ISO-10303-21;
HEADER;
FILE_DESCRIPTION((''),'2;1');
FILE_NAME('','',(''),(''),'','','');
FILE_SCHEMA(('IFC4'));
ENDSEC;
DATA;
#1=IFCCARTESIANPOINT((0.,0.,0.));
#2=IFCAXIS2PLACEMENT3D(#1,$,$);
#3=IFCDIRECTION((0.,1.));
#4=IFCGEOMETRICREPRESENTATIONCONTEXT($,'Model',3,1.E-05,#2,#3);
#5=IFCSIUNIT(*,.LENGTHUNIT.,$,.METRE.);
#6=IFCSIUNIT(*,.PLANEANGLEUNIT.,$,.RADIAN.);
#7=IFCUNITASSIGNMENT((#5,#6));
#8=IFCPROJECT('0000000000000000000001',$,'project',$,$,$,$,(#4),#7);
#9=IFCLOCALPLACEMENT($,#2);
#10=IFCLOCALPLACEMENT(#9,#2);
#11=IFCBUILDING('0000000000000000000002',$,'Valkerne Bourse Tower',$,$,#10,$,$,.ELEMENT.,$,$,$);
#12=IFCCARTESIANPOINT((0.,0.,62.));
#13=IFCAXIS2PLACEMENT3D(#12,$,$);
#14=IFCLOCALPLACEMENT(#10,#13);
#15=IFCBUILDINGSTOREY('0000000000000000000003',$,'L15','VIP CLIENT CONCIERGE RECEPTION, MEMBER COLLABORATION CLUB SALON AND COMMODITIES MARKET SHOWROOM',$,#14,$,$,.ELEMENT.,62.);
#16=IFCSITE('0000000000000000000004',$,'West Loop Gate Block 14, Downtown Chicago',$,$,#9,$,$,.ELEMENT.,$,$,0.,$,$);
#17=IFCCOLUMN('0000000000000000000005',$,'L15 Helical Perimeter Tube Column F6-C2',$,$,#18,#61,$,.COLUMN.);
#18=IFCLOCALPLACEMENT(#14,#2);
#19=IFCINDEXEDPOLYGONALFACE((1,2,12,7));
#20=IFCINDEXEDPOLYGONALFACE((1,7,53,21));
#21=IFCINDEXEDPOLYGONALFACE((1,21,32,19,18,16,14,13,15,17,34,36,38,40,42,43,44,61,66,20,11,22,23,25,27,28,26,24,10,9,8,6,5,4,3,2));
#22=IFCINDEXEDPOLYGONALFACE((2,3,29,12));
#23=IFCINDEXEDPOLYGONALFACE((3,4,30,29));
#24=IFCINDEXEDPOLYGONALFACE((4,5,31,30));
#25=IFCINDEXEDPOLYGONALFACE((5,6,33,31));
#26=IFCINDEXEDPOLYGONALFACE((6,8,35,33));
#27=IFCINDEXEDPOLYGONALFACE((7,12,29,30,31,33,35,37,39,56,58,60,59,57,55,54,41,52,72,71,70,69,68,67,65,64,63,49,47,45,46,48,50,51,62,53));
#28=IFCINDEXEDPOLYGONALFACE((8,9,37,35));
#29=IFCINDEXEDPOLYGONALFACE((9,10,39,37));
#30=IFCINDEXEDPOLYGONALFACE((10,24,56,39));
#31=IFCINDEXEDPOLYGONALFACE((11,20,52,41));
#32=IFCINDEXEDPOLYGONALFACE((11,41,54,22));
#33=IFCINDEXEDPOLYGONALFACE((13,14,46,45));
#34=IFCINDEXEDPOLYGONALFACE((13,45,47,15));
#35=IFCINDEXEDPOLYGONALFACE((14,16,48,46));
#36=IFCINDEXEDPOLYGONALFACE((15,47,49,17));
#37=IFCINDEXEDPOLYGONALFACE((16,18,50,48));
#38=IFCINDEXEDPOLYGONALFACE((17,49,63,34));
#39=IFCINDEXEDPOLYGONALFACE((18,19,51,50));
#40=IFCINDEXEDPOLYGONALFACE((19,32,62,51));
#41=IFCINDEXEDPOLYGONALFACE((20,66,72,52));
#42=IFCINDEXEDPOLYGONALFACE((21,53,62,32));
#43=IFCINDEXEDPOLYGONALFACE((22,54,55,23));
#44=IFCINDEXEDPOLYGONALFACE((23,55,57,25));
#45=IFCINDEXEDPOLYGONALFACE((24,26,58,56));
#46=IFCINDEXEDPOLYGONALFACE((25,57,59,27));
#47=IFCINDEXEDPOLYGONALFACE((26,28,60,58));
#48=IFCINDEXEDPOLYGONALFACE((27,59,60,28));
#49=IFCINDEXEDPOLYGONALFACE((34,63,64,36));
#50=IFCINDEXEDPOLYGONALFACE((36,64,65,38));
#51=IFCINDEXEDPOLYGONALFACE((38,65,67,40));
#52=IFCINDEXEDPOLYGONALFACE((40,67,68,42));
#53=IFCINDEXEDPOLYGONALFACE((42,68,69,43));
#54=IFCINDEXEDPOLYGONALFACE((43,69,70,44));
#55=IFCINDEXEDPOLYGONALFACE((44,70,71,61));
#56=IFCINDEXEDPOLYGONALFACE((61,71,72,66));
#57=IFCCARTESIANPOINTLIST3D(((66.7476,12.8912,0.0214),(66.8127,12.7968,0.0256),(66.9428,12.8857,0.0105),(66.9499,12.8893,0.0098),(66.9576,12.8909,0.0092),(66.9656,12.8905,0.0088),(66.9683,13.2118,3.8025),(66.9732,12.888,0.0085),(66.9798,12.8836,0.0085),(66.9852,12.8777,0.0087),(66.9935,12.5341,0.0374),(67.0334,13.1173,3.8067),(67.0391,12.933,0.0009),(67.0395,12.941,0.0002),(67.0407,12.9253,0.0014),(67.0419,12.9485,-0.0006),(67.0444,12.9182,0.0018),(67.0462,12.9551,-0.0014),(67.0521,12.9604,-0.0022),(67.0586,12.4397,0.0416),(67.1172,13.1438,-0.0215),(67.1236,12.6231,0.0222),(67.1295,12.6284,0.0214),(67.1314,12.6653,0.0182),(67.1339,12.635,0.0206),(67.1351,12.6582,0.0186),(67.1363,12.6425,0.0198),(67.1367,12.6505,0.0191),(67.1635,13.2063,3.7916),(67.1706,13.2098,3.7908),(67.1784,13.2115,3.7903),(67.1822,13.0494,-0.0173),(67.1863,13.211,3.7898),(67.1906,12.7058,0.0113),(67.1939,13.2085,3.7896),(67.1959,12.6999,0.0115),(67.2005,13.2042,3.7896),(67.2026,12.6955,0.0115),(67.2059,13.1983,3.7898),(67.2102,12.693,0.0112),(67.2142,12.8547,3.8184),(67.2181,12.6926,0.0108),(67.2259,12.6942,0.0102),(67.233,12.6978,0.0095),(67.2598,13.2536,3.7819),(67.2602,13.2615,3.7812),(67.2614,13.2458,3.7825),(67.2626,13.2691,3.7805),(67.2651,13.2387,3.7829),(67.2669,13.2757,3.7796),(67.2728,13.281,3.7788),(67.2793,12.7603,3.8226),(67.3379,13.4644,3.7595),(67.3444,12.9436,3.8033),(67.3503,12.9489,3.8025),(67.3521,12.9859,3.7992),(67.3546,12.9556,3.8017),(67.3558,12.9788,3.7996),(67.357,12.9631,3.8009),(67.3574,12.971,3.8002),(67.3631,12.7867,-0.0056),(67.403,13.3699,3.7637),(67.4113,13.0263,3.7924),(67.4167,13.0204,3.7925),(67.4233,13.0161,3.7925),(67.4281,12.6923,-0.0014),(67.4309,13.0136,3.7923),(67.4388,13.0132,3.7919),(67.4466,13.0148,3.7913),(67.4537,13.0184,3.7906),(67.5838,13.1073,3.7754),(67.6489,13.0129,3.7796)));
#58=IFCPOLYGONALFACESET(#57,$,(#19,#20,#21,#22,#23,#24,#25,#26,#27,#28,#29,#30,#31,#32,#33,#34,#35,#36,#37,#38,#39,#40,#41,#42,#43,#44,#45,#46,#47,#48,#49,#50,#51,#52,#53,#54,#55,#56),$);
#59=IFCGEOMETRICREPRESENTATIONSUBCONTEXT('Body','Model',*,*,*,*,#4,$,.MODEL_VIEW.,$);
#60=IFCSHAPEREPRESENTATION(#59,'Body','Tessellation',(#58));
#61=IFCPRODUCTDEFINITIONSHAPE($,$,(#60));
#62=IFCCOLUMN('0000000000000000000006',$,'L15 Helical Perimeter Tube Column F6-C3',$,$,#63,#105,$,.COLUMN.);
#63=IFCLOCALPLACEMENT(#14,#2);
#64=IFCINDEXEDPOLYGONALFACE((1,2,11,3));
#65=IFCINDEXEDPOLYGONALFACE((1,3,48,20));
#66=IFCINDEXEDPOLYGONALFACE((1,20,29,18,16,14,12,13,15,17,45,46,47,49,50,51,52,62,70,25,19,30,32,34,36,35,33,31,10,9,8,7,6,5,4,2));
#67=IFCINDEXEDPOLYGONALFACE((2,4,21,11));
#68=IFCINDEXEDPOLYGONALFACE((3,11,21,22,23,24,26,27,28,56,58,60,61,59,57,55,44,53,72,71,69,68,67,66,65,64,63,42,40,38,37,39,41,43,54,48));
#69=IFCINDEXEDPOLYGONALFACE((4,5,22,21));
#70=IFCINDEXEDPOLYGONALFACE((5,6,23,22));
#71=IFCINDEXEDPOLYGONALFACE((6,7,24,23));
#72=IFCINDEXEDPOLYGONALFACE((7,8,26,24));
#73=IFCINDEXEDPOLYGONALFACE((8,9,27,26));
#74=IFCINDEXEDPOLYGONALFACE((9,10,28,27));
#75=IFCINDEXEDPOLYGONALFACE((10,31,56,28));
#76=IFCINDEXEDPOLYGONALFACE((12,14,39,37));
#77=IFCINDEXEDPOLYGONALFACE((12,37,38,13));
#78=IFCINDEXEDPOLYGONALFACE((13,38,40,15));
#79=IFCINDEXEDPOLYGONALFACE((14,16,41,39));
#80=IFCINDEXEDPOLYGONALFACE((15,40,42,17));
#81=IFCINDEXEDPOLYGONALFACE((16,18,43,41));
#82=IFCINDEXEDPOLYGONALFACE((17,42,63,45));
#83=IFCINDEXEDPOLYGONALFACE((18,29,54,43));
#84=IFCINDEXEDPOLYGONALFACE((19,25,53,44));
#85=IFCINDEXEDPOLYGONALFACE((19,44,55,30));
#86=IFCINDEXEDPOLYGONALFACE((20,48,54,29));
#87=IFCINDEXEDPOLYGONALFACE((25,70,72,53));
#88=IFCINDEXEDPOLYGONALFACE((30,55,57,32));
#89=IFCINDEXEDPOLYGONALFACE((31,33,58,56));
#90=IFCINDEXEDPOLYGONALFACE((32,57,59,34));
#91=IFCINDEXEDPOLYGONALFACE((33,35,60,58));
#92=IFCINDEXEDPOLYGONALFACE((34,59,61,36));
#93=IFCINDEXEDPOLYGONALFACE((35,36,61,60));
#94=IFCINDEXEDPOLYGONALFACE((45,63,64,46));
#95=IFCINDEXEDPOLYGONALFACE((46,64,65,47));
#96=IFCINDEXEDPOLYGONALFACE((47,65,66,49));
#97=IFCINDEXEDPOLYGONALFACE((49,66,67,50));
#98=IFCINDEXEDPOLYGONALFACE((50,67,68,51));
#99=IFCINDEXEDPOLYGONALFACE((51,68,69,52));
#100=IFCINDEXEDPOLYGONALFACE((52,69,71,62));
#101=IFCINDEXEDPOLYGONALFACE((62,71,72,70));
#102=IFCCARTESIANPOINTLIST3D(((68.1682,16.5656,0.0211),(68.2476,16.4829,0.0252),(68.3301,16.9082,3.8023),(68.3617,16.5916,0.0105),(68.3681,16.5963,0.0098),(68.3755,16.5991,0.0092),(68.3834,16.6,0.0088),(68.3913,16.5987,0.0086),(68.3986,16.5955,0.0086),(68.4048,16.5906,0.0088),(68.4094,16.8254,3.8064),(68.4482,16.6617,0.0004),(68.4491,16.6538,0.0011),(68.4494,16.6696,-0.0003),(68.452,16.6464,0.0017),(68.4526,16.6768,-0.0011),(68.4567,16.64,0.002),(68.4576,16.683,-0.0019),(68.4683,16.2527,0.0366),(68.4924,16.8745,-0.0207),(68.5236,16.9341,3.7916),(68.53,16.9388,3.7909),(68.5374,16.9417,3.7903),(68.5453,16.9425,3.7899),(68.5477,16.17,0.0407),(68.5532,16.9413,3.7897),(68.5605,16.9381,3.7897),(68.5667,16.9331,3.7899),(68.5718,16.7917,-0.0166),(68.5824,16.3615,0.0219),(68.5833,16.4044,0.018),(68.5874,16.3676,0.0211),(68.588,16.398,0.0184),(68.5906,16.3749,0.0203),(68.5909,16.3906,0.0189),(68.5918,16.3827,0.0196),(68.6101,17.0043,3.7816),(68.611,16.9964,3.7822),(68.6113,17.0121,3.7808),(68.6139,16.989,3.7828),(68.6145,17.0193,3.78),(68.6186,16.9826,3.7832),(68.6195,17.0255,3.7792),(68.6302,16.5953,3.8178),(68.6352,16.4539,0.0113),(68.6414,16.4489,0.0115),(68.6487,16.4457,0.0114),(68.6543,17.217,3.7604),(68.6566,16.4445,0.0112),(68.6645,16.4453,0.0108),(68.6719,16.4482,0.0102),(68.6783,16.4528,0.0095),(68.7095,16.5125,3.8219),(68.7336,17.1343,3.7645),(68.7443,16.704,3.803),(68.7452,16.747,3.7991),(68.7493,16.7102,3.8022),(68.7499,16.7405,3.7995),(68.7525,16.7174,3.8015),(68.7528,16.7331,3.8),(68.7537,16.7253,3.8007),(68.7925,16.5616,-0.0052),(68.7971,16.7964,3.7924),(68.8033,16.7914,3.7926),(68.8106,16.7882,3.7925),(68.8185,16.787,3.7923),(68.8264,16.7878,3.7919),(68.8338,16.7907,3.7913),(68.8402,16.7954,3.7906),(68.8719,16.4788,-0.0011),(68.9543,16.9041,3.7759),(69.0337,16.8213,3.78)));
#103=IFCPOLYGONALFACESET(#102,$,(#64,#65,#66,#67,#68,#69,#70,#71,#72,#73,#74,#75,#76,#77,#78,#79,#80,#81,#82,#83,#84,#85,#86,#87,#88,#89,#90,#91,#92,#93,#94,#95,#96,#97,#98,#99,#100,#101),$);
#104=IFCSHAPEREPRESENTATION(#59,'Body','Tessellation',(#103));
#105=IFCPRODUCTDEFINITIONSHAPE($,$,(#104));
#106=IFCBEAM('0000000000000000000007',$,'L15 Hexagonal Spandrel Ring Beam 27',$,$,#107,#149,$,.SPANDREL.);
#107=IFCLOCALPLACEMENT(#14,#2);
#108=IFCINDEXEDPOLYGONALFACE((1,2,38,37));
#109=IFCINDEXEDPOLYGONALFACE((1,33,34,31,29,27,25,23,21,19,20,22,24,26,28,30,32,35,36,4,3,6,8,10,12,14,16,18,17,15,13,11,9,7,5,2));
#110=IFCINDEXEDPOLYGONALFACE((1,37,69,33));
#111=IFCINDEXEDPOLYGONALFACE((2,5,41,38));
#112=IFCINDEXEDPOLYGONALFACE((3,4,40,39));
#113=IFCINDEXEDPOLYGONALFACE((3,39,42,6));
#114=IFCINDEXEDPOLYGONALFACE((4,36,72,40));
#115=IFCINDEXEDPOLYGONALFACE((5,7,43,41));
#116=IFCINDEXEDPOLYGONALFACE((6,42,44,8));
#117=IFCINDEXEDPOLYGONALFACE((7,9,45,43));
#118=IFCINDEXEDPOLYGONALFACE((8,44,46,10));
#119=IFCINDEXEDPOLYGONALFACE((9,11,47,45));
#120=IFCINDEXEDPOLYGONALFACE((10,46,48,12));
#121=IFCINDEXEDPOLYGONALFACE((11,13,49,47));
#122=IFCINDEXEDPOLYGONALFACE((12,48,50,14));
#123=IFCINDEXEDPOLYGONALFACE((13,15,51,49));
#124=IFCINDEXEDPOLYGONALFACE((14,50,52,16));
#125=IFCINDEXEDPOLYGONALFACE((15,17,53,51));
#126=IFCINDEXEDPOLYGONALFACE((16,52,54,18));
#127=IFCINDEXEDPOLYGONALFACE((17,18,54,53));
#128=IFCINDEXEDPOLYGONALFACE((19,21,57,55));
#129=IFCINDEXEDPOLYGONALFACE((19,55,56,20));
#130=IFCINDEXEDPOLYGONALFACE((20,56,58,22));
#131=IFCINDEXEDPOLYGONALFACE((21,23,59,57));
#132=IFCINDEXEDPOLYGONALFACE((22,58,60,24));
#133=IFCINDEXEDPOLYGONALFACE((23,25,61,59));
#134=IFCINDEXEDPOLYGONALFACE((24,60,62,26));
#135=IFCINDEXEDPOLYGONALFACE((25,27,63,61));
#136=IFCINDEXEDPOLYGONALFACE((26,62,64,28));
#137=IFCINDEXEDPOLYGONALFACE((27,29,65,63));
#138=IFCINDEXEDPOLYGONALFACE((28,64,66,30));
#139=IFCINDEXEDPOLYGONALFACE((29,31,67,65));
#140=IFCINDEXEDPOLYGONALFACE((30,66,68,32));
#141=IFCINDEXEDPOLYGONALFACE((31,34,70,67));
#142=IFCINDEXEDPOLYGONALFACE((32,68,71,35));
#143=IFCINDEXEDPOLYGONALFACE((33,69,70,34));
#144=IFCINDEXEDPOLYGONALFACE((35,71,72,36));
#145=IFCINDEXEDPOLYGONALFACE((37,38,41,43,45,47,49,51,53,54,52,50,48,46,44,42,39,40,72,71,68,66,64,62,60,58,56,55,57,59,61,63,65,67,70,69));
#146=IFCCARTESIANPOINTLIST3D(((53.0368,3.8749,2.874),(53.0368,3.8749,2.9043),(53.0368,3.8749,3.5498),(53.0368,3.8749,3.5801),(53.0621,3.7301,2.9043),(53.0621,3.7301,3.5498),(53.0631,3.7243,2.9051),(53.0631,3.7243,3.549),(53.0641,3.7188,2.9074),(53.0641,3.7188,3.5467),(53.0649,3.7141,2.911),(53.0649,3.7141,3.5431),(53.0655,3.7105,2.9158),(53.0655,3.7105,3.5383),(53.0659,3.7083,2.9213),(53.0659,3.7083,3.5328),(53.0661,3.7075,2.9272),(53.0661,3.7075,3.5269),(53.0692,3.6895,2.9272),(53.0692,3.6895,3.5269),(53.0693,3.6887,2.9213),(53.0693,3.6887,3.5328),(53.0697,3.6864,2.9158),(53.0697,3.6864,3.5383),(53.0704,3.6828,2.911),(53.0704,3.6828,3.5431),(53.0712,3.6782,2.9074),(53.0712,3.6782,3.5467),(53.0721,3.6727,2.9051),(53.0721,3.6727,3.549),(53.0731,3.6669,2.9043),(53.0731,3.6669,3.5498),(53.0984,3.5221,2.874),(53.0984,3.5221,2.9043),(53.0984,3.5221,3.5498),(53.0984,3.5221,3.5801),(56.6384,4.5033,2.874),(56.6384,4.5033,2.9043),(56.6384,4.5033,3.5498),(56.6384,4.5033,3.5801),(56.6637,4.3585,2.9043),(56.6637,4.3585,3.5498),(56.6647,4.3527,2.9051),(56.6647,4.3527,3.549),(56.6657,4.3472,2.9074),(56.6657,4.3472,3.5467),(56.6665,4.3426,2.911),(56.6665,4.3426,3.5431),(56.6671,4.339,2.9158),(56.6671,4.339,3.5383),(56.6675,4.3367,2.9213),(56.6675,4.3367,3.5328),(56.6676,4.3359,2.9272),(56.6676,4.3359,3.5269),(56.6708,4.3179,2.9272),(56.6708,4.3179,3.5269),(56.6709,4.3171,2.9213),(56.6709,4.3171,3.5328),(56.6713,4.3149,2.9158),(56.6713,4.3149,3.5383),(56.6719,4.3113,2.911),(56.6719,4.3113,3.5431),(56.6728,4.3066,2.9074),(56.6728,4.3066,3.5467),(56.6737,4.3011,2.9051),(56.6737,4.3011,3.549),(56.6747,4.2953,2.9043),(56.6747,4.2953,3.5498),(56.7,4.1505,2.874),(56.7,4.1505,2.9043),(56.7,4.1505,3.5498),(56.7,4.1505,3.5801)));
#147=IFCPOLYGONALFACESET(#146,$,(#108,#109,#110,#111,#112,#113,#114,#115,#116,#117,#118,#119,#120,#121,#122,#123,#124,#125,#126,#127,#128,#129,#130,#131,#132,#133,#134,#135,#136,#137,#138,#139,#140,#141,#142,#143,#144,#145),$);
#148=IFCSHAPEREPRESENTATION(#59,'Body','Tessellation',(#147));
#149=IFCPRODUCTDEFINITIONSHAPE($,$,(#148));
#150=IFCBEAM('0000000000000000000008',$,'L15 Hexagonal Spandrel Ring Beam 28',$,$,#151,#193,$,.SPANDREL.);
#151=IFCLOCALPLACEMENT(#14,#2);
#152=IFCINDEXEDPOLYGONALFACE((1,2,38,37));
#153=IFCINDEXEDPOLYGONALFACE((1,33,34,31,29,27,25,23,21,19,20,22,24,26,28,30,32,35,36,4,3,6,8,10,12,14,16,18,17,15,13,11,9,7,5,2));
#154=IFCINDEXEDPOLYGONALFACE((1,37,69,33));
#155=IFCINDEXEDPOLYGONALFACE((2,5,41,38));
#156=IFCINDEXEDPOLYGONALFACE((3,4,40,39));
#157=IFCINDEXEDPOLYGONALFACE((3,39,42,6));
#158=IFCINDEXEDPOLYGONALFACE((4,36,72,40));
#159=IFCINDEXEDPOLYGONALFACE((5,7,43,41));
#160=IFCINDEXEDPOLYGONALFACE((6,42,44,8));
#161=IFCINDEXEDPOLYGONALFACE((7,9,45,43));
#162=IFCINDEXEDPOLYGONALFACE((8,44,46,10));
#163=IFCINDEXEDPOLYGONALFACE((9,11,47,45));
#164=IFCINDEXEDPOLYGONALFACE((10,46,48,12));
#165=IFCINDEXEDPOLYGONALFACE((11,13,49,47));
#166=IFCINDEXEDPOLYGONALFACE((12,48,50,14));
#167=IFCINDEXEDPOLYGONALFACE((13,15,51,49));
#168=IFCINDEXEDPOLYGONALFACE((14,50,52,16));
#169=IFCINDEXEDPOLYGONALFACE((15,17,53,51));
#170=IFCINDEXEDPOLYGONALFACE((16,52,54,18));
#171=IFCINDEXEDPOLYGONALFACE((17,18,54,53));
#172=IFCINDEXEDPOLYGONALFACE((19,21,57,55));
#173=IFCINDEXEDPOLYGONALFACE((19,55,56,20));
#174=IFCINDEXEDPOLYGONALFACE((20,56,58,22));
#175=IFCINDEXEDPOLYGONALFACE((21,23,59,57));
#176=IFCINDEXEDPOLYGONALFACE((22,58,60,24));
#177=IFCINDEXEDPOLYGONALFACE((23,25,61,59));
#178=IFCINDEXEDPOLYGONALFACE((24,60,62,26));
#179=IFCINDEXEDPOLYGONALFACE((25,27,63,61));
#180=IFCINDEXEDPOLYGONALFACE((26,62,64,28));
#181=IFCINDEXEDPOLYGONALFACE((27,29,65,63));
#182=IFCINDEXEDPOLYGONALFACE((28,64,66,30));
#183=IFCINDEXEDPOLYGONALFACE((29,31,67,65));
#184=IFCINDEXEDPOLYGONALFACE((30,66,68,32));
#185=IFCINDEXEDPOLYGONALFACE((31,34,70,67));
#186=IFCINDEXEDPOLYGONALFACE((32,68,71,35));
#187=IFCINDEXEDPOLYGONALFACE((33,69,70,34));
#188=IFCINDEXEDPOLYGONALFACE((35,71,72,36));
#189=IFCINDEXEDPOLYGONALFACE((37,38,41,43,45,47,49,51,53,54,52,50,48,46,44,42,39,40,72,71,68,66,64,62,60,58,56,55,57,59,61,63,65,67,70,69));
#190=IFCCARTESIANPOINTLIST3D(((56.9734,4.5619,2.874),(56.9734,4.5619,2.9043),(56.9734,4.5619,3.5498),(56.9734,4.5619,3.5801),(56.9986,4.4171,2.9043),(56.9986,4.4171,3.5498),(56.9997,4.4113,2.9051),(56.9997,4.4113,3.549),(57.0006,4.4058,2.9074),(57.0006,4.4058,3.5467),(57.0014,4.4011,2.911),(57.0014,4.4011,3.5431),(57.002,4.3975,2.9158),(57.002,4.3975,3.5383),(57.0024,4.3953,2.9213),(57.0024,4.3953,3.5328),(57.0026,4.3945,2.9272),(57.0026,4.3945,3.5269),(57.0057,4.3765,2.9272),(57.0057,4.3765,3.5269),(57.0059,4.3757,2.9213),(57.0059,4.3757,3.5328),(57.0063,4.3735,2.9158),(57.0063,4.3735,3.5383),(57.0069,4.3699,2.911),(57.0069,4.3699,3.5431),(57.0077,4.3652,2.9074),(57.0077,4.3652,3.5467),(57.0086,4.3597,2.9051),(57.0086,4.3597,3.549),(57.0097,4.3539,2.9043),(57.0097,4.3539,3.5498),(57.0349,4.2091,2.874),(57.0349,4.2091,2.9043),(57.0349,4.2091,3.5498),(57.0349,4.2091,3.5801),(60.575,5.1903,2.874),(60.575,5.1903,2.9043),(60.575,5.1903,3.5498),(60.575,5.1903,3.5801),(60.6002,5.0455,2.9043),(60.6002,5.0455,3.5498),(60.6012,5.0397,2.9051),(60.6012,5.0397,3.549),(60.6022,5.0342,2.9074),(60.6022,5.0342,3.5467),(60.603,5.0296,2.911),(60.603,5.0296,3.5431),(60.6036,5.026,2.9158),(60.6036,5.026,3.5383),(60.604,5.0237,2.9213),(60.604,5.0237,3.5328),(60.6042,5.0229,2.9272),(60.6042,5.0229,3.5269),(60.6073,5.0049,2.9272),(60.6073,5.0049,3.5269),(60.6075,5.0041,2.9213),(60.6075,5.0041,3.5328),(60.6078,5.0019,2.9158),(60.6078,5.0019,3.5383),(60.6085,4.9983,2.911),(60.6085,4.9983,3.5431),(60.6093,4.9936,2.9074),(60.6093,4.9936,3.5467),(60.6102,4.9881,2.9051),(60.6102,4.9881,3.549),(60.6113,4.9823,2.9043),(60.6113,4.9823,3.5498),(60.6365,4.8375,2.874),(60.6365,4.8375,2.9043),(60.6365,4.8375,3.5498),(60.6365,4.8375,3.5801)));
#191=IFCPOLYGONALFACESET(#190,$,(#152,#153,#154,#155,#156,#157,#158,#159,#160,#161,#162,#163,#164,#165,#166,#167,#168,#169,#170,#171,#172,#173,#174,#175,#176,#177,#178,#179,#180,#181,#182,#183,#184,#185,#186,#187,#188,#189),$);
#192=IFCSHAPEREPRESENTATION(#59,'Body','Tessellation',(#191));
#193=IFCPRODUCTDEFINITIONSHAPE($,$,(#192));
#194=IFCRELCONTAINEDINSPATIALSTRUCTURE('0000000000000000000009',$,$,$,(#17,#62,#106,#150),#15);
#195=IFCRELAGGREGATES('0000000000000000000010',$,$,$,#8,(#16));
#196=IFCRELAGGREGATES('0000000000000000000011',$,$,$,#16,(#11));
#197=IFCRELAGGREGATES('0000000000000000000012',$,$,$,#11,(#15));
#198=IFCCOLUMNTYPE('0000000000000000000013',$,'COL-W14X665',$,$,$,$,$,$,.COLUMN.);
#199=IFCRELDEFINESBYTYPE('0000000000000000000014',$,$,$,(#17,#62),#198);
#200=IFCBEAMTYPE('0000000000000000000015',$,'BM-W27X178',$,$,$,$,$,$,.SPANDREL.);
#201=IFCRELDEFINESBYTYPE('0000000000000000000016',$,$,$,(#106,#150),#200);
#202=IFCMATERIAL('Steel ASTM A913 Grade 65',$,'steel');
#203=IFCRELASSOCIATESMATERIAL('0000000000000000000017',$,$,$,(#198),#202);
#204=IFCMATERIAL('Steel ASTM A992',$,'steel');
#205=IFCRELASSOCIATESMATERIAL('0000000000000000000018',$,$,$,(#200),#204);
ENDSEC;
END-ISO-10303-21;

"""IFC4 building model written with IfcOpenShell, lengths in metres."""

from ifc_helpers import new_model, si_unit, direction, frame, origin, origin_2d, place, context, subcontext, project, spatial, i_section, extrude, material, material_profile, profile_set, type_object, element, save


model = new_model("IFC4")

# Units and contexts
model_context = context("Model", 3, precision=1e-05, world=origin(), true_north=direction((0.0, 1.0)))
body_context = subcontext(model_context, "Body", "Model", "MODEL_VIEW")
ifc_project = project(units=[si_unit("LENGTHUNIT", "METRE"), si_unit("PLANEANGLEUNIT", "RADIAN")], contexts=[model_context])

# Site, building, storey
site_placement = place(None, origin())
site = spatial("IfcSite", under=ifc_project, at=site_placement, Name="West Loop Gate Block 14, Downtown Chicago", CompositionType="ELEMENT", RefElevation=0.0)
building_placement = place(site_placement, origin())
building = spatial("IfcBuilding", under=site, at=building_placement, Name="Valkerne Bourse Tower", CompositionType="ELEMENT")
storey_placement = place(building_placement, frame((0.0, 0.0, 62.0)))
storey = spatial("IfcBuildingStorey", under=building, at=storey_placement, Name="L15", Description="VIP CLIENT CONCIERGE RECEPTION, MEMBER COLLABORATION CLUB SALON AND COMMODITIES MARKET SHOWROOM", CompositionType="ELEMENT", Elevation=62.0)

# Columns
ifc_material_1 = material(Name="Steel ASTM A913 Grade 65", Category="steel")
ifc_material_profile_1 = material_profile(ifc_material_1, i_section(OverallWidth=0.4497, OverallDepth=0.5486, WebThickness=0.072, FlangeThickness=0.1147, FilletRadius=0.0305, at=origin_2d()), Name="W14X665")
ifc_profile_set_1 = profile_set([ifc_material_profile_1], Name="Steel ASTM A913 Grade 65")
column_type = type_object("IfcColumnType", Name="COL-W14X665", PredefinedType="COLUMN", material=ifc_profile_set_1)
column_1_placement = place(storey_placement, frame((67.0879, 12.7917, 0.01), z_axis=(0.058065, 0.084335, 0.994744), x_axis=(-0.821812, -0.561683, 0.09559)))
element("IfcColumn", 1, at=column_1_placement, inside=storey, type_object=column_type, Name="L15 Helical Perimeter Tube Column F6-C2", PredefinedType="COLUMN", context=body_context, shape_type="SweptSolid", body=[
    extrude(i_section(OverallWidth=0.4497, OverallDepth=0.5486, WebThickness=0.072, FlangeThickness=0.1147, FilletRadius=0.0305, at=origin_2d()), origin(), (0.0, 0.0, 1.0), 3.801),
])
column_2_placement = place(storey_placement, frame((68.52, 16.5222, 0.01), z_axis=(0.042597, 0.090141, 0.995018), x_axis=(-0.720901, -0.686759, 0.093077)))
element("IfcColumn", 2, at=column_2_placement, inside=storey, type_object=column_type, Name="L15 Helical Perimeter Tube Column F6-C3", PredefinedType="COLUMN", context=body_context, shape_type="SweptSolid", body=[
    extrude(i_section(OverallWidth=0.4497, OverallDepth=0.5486, WebThickness=0.072, FlangeThickness=0.1147, FilletRadius=0.0305, at=origin_2d()), origin(), (0.0, 0.0, 1.0), 3.8),
])

# Beams
ifc_material_2 = material(Name="Steel ASTM A992", Category="steel")
ifc_material_profile_2 = material_profile(ifc_material_2, i_section(OverallWidth=0.3582, OverallDepth=0.7061, WebThickness=0.0183, FlangeThickness=0.0303, FilletRadius=0.0229, at=origin_2d()), Name="W27X178")
ifc_profile_set_2 = profile_set([ifc_material_profile_2], Name="Steel ASTM A992")
beam_type = type_object("IfcBeamType", Name="BM-W27X178", PredefinedType="SPANDREL", material=ifc_profile_set_2)
for number, where, z_axis, x_axis, name in (
    (3, (53.0676, 3.6985, 3.2271), (0.985117, 0.171888, 0.0), (-0.171888, 0.985117, 0.0), "L15 Hexagonal Spandrel Ring Beam 27"),
    (4, (57.0042, 4.3855, 3.2271), (0.985117, 0.171888, 0.0), (-0.171888, 0.985117, 0.0), "L15 Hexagonal Spandrel Ring Beam 28"),
):
    element("IfcBeam", number, at=place(storey_placement, frame(where, z_axis=z_axis, x_axis=x_axis)), inside=storey, type_object=beam_type, Name=name, PredefinedType="SPANDREL", context=body_context, shape_type="SweptSolid", body=[
        extrude(i_section(OverallWidth=0.3582, OverallDepth=0.7061, WebThickness=0.0183, FlangeThickness=0.0303, FilletRadius=0.0229, at=origin_2d()), origin(), (0.0, 0.0, 1.0), 3.656),
    ])

save(model, "model.ifc")
